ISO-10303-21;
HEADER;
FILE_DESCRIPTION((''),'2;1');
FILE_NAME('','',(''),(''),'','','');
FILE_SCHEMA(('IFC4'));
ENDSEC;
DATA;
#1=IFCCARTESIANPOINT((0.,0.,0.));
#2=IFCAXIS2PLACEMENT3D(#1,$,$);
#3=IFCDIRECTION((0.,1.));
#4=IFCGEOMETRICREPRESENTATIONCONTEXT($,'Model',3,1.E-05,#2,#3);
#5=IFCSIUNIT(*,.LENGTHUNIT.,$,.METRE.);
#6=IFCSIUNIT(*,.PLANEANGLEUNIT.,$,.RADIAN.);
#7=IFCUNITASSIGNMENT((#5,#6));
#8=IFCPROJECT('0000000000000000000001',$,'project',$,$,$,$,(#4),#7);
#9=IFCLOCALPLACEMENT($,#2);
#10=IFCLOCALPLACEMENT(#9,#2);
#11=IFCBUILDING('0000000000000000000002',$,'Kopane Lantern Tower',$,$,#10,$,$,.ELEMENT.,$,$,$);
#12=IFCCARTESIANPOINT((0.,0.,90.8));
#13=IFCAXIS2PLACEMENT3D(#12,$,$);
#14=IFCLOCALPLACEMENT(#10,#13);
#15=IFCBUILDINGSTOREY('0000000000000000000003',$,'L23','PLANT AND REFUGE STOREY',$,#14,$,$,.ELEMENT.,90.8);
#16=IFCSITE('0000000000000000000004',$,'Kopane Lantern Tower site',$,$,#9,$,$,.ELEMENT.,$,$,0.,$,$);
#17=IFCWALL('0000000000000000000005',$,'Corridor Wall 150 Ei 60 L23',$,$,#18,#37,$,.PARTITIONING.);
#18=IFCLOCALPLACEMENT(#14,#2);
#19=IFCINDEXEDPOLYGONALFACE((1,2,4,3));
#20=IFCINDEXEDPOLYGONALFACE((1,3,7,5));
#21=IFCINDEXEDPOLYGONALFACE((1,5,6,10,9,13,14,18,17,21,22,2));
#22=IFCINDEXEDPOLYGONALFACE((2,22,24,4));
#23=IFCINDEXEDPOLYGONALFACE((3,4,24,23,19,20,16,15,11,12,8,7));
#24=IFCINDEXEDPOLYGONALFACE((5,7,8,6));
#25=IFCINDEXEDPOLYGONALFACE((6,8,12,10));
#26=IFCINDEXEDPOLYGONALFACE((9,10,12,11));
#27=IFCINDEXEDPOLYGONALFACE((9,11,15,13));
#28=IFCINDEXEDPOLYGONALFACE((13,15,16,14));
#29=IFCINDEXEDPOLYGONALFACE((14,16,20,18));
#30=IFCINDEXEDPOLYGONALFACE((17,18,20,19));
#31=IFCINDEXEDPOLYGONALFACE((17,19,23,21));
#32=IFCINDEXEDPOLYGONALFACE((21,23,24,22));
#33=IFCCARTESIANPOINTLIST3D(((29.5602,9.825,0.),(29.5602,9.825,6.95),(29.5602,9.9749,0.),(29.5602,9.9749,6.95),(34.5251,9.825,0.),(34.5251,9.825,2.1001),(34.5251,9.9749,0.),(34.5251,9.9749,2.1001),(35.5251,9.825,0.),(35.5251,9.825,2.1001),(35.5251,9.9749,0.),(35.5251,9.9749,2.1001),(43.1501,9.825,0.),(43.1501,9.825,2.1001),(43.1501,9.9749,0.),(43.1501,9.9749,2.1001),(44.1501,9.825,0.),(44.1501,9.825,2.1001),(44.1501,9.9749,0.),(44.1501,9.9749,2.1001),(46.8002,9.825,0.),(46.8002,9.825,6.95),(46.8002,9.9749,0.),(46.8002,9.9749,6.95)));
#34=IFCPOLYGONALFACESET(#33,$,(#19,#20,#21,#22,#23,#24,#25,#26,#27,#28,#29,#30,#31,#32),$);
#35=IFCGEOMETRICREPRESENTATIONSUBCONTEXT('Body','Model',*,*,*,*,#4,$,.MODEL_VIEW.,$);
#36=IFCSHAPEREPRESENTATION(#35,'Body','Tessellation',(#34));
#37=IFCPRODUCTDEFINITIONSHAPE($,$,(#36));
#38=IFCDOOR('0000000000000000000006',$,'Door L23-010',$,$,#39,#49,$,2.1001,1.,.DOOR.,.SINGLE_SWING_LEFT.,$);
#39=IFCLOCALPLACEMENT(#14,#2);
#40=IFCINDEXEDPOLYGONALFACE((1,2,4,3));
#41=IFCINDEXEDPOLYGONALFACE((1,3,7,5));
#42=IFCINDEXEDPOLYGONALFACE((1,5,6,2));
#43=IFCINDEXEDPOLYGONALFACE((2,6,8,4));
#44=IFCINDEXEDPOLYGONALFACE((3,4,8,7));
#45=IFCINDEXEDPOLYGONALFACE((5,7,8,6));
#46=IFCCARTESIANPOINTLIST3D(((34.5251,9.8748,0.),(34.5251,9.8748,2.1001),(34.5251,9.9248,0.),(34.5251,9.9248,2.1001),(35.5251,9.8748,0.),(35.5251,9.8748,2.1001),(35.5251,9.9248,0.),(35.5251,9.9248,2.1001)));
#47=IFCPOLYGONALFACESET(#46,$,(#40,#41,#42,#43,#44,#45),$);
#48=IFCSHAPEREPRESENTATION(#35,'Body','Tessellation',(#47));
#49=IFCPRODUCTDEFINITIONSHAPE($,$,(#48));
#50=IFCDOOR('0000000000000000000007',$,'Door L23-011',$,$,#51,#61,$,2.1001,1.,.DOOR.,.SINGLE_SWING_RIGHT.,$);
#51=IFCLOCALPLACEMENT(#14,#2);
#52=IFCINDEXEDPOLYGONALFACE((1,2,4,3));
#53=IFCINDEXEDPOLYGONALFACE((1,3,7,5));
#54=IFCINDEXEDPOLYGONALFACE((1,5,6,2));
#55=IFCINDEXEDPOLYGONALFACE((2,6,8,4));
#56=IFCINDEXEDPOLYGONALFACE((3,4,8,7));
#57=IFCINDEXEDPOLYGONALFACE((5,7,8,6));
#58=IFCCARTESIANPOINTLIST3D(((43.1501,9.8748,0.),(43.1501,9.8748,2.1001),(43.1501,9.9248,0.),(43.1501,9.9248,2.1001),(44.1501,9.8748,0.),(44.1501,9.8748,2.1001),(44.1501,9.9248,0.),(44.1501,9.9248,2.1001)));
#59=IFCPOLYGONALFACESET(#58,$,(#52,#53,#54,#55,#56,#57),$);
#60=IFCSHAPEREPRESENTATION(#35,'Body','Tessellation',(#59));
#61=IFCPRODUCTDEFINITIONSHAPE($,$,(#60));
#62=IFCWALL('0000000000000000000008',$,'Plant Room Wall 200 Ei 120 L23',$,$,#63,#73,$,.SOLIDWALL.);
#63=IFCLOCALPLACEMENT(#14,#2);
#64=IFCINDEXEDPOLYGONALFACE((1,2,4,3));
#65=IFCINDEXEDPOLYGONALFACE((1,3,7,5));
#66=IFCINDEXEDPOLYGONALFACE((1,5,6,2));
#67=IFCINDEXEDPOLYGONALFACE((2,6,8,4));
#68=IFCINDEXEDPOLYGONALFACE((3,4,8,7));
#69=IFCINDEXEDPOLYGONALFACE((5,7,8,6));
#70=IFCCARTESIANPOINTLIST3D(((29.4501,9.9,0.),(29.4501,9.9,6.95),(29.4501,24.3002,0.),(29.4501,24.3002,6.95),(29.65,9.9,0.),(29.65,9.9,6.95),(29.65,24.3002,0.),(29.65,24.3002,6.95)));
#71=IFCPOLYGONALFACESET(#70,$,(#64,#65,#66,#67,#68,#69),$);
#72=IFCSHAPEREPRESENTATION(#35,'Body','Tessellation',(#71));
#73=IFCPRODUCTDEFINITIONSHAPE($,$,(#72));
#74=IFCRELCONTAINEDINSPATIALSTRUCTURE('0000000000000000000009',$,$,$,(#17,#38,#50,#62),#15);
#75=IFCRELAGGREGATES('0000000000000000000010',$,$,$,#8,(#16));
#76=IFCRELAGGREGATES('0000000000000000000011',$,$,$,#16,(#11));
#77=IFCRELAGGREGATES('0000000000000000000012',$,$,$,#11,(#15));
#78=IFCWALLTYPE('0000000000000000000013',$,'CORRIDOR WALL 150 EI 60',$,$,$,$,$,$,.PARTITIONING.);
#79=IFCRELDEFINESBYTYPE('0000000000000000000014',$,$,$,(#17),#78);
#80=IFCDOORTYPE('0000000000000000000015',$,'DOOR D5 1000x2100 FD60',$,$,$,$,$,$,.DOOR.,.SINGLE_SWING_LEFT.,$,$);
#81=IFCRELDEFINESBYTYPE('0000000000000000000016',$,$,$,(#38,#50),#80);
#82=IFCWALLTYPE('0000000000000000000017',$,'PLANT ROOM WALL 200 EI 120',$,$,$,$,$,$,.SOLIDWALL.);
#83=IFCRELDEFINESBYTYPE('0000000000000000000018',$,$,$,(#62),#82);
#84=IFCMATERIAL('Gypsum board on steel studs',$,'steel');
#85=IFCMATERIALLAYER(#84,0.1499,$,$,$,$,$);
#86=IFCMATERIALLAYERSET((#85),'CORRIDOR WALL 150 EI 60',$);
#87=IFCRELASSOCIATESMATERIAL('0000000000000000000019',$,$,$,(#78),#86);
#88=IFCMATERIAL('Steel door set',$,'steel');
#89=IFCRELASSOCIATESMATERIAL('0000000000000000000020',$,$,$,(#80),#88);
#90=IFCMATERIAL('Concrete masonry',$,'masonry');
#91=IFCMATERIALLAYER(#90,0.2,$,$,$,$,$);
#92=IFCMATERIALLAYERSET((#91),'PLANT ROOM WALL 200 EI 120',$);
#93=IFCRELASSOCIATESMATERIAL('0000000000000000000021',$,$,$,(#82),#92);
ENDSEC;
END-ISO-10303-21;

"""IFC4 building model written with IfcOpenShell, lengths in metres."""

from ifc_helpers import new_model, si_unit, direction, frame, frame_2d, origin, place, context, subcontext, project, spatial, rectangle, extrude, material, layer, layer_set, type_object, element, fill, save


model = new_model("IFC4")

# Units and contexts
model_context = context("Model", 3, precision=1e-05, world=origin(), true_north=direction((0.0, 1.0)))
body_context = subcontext(model_context, "Body", "Model", "MODEL_VIEW")
ifc_project = project(units=[si_unit("LENGTHUNIT", "METRE"), si_unit("PLANEANGLEUNIT", "RADIAN")], contexts=[model_context])

# Site, building, storey
site_placement = place(None, origin())
site = spatial("IfcSite", under=ifc_project, at=site_placement, Name="Kopane Lantern Tower site", CompositionType="ELEMENT", RefElevation=0.0)
building_placement = place(site_placement, origin())
building = spatial("IfcBuilding", under=site, at=building_placement, Name="Kopane Lantern Tower", CompositionType="ELEMENT")
storey_placement = place(building_placement, frame((0.0, 0.0, 90.8)))
storey = spatial("IfcBuildingStorey", under=building, at=storey_placement, Name="L23", Description="PLANT AND REFUGE STOREY", CompositionType="ELEMENT", Elevation=90.8)

# Wall, openings, doors
ifc_material_1 = material(Name="Gypsum board on steel studs", Category="steel")
ifc_layer_1 = layer(ifc_material_1, 0.1499)
ifc_layer_set_1 = layer_set([ifc_layer_1], Name="CORRIDOR WALL 150 EI 60")
wall_type_1 = type_object("IfcWallType", Name="CORRIDOR WALL 150 EI 60", PredefinedType="PARTITIONING", material=ifc_layer_set_1)
wall_1_placement = place(storey_placement, frame((29.5601, 9.8999, 0.0), z_axis=(0.0, 0.0, 1.0), x_axis=(1.0, 0.0, 0.0)))
wall_1 = element("IfcWall", 1, at=wall_1_placement, inside=storey, type_object=wall_type_1, Name="Corridor Wall 150 Ei 60 L23", PredefinedType="PARTITIONING", context=body_context, shape_type="SweptSolid", body=[
    extrude(rectangle(XDim=17.24, YDim=0.1499, at=frame_2d((8.6201, 0.0))), origin(), (0.0, 0.0, 1.0), 6.95),
])
opening_1_placement = place(wall_1_placement, frame((4.9651, 0.0, 0.0)))
opening_1 = element("IfcOpeningElement", 2, at=opening_1_placement, cuts=wall_1, PredefinedType="OPENING", context=body_context, shape_type="SweptSolid", body=[
    extrude(rectangle(XDim=1.0, YDim=2.1001, at=frame_2d((0.5, 1.05))), frame((0.0, 0.085, 0.0), z_axis=(0.0, -1.0, 0.0), x_axis=(1.0, 0.0, 0.0)), (0.0, 0.0, 1.0), 0.1699),
])
opening_2_placement = place(wall_1_placement, frame((13.5901, 0.0, 0.0)))
opening_2 = element("IfcOpeningElement", 3, at=opening_2_placement, cuts=wall_1, PredefinedType="OPENING", context=body_context, shape_type="SweptSolid", body=[
    extrude(rectangle(XDim=1.0, YDim=2.1001, at=frame_2d((0.5, 1.05))), frame((0.0, 0.085, 0.0), z_axis=(0.0, -1.0, 0.0), x_axis=(1.0, 0.0, 0.0)), (0.0, 0.0, 1.0), 0.1699),
])
ifc_material_2 = material(Name="Steel door set", Category="steel")
door_type = type_object("IfcDoorType", Name="DOOR D5 1000x2100 FD60", OperationType="SINGLE_SWING_LEFT", PredefinedType="DOOR", material=ifc_material_2)
door_1_placement = place(opening_1_placement, origin())
door_1 = element("IfcDoor", 4, at=door_1_placement, inside=storey, type_object=door_type, Name="Door L23-010", OperationType="SINGLE_SWING_LEFT", OverallHeight=2.1001, OverallWidth=1.0, PredefinedType="DOOR", context=body_context, shape_type="SweptSolid", body=[
    extrude(rectangle(XDim=1.0, YDim=2.1001, at=frame_2d((0.5, 1.05))), frame((0.0, 0.0249, 0.0), z_axis=(0.0, -1.0, 0.0), x_axis=(1.0, 0.0, 0.0)), (0.0, 0.0, 1.0), 0.05),
])
fill(opening_1, door_1)
door_2_placement = place(opening_2_placement, origin())
door_2 = element("IfcDoor", 5, at=door_2_placement, inside=storey, type_object=door_type, Name="Door L23-011", OperationType="SINGLE_SWING_RIGHT", OverallHeight=2.1001, OverallWidth=1.0, PredefinedType="DOOR", context=body_context, shape_type="SweptSolid", body=[
    extrude(rectangle(XDim=1.0, YDim=2.1001, at=frame_2d((0.5, 1.05))), frame((0.0, 0.0249, 0.0), z_axis=(0.0, -1.0, 0.0), x_axis=(1.0, 0.0, 0.0)), (0.0, 0.0, 1.0), 0.05),
])
fill(opening_2, door_2)

# Wall
ifc_material_3 = material(Name="Concrete masonry", Category="masonry")
ifc_layer_2 = layer(ifc_material_3, 0.2)
ifc_layer_set_2 = layer_set([ifc_layer_2], Name="PLANT ROOM WALL 200 EI 120")
wall_type_2 = type_object("IfcWallType", Name="PLANT ROOM WALL 200 EI 120", PredefinedType="SOLIDWALL", material=ifc_layer_set_2)
wall_2_placement = place(storey_placement, frame((29.55, 9.8999, 0.0), z_axis=(0.0, 0.0, 1.0), x_axis=(0.0, 1.0, 0.0)))
element("IfcWall", 6, at=wall_2_placement, inside=storey, type_object=wall_type_2, Name="Plant Room Wall 200 Ei 120 L23", PredefinedType="SOLIDWALL", context=body_context, shape_type="SweptSolid", body=[
    extrude(rectangle(XDim=14.4001, YDim=0.2, at=frame_2d((7.2002, 0.0))), origin(), (0.0, 0.0, 1.0), 6.95),
])

save(model, "model.ifc")
